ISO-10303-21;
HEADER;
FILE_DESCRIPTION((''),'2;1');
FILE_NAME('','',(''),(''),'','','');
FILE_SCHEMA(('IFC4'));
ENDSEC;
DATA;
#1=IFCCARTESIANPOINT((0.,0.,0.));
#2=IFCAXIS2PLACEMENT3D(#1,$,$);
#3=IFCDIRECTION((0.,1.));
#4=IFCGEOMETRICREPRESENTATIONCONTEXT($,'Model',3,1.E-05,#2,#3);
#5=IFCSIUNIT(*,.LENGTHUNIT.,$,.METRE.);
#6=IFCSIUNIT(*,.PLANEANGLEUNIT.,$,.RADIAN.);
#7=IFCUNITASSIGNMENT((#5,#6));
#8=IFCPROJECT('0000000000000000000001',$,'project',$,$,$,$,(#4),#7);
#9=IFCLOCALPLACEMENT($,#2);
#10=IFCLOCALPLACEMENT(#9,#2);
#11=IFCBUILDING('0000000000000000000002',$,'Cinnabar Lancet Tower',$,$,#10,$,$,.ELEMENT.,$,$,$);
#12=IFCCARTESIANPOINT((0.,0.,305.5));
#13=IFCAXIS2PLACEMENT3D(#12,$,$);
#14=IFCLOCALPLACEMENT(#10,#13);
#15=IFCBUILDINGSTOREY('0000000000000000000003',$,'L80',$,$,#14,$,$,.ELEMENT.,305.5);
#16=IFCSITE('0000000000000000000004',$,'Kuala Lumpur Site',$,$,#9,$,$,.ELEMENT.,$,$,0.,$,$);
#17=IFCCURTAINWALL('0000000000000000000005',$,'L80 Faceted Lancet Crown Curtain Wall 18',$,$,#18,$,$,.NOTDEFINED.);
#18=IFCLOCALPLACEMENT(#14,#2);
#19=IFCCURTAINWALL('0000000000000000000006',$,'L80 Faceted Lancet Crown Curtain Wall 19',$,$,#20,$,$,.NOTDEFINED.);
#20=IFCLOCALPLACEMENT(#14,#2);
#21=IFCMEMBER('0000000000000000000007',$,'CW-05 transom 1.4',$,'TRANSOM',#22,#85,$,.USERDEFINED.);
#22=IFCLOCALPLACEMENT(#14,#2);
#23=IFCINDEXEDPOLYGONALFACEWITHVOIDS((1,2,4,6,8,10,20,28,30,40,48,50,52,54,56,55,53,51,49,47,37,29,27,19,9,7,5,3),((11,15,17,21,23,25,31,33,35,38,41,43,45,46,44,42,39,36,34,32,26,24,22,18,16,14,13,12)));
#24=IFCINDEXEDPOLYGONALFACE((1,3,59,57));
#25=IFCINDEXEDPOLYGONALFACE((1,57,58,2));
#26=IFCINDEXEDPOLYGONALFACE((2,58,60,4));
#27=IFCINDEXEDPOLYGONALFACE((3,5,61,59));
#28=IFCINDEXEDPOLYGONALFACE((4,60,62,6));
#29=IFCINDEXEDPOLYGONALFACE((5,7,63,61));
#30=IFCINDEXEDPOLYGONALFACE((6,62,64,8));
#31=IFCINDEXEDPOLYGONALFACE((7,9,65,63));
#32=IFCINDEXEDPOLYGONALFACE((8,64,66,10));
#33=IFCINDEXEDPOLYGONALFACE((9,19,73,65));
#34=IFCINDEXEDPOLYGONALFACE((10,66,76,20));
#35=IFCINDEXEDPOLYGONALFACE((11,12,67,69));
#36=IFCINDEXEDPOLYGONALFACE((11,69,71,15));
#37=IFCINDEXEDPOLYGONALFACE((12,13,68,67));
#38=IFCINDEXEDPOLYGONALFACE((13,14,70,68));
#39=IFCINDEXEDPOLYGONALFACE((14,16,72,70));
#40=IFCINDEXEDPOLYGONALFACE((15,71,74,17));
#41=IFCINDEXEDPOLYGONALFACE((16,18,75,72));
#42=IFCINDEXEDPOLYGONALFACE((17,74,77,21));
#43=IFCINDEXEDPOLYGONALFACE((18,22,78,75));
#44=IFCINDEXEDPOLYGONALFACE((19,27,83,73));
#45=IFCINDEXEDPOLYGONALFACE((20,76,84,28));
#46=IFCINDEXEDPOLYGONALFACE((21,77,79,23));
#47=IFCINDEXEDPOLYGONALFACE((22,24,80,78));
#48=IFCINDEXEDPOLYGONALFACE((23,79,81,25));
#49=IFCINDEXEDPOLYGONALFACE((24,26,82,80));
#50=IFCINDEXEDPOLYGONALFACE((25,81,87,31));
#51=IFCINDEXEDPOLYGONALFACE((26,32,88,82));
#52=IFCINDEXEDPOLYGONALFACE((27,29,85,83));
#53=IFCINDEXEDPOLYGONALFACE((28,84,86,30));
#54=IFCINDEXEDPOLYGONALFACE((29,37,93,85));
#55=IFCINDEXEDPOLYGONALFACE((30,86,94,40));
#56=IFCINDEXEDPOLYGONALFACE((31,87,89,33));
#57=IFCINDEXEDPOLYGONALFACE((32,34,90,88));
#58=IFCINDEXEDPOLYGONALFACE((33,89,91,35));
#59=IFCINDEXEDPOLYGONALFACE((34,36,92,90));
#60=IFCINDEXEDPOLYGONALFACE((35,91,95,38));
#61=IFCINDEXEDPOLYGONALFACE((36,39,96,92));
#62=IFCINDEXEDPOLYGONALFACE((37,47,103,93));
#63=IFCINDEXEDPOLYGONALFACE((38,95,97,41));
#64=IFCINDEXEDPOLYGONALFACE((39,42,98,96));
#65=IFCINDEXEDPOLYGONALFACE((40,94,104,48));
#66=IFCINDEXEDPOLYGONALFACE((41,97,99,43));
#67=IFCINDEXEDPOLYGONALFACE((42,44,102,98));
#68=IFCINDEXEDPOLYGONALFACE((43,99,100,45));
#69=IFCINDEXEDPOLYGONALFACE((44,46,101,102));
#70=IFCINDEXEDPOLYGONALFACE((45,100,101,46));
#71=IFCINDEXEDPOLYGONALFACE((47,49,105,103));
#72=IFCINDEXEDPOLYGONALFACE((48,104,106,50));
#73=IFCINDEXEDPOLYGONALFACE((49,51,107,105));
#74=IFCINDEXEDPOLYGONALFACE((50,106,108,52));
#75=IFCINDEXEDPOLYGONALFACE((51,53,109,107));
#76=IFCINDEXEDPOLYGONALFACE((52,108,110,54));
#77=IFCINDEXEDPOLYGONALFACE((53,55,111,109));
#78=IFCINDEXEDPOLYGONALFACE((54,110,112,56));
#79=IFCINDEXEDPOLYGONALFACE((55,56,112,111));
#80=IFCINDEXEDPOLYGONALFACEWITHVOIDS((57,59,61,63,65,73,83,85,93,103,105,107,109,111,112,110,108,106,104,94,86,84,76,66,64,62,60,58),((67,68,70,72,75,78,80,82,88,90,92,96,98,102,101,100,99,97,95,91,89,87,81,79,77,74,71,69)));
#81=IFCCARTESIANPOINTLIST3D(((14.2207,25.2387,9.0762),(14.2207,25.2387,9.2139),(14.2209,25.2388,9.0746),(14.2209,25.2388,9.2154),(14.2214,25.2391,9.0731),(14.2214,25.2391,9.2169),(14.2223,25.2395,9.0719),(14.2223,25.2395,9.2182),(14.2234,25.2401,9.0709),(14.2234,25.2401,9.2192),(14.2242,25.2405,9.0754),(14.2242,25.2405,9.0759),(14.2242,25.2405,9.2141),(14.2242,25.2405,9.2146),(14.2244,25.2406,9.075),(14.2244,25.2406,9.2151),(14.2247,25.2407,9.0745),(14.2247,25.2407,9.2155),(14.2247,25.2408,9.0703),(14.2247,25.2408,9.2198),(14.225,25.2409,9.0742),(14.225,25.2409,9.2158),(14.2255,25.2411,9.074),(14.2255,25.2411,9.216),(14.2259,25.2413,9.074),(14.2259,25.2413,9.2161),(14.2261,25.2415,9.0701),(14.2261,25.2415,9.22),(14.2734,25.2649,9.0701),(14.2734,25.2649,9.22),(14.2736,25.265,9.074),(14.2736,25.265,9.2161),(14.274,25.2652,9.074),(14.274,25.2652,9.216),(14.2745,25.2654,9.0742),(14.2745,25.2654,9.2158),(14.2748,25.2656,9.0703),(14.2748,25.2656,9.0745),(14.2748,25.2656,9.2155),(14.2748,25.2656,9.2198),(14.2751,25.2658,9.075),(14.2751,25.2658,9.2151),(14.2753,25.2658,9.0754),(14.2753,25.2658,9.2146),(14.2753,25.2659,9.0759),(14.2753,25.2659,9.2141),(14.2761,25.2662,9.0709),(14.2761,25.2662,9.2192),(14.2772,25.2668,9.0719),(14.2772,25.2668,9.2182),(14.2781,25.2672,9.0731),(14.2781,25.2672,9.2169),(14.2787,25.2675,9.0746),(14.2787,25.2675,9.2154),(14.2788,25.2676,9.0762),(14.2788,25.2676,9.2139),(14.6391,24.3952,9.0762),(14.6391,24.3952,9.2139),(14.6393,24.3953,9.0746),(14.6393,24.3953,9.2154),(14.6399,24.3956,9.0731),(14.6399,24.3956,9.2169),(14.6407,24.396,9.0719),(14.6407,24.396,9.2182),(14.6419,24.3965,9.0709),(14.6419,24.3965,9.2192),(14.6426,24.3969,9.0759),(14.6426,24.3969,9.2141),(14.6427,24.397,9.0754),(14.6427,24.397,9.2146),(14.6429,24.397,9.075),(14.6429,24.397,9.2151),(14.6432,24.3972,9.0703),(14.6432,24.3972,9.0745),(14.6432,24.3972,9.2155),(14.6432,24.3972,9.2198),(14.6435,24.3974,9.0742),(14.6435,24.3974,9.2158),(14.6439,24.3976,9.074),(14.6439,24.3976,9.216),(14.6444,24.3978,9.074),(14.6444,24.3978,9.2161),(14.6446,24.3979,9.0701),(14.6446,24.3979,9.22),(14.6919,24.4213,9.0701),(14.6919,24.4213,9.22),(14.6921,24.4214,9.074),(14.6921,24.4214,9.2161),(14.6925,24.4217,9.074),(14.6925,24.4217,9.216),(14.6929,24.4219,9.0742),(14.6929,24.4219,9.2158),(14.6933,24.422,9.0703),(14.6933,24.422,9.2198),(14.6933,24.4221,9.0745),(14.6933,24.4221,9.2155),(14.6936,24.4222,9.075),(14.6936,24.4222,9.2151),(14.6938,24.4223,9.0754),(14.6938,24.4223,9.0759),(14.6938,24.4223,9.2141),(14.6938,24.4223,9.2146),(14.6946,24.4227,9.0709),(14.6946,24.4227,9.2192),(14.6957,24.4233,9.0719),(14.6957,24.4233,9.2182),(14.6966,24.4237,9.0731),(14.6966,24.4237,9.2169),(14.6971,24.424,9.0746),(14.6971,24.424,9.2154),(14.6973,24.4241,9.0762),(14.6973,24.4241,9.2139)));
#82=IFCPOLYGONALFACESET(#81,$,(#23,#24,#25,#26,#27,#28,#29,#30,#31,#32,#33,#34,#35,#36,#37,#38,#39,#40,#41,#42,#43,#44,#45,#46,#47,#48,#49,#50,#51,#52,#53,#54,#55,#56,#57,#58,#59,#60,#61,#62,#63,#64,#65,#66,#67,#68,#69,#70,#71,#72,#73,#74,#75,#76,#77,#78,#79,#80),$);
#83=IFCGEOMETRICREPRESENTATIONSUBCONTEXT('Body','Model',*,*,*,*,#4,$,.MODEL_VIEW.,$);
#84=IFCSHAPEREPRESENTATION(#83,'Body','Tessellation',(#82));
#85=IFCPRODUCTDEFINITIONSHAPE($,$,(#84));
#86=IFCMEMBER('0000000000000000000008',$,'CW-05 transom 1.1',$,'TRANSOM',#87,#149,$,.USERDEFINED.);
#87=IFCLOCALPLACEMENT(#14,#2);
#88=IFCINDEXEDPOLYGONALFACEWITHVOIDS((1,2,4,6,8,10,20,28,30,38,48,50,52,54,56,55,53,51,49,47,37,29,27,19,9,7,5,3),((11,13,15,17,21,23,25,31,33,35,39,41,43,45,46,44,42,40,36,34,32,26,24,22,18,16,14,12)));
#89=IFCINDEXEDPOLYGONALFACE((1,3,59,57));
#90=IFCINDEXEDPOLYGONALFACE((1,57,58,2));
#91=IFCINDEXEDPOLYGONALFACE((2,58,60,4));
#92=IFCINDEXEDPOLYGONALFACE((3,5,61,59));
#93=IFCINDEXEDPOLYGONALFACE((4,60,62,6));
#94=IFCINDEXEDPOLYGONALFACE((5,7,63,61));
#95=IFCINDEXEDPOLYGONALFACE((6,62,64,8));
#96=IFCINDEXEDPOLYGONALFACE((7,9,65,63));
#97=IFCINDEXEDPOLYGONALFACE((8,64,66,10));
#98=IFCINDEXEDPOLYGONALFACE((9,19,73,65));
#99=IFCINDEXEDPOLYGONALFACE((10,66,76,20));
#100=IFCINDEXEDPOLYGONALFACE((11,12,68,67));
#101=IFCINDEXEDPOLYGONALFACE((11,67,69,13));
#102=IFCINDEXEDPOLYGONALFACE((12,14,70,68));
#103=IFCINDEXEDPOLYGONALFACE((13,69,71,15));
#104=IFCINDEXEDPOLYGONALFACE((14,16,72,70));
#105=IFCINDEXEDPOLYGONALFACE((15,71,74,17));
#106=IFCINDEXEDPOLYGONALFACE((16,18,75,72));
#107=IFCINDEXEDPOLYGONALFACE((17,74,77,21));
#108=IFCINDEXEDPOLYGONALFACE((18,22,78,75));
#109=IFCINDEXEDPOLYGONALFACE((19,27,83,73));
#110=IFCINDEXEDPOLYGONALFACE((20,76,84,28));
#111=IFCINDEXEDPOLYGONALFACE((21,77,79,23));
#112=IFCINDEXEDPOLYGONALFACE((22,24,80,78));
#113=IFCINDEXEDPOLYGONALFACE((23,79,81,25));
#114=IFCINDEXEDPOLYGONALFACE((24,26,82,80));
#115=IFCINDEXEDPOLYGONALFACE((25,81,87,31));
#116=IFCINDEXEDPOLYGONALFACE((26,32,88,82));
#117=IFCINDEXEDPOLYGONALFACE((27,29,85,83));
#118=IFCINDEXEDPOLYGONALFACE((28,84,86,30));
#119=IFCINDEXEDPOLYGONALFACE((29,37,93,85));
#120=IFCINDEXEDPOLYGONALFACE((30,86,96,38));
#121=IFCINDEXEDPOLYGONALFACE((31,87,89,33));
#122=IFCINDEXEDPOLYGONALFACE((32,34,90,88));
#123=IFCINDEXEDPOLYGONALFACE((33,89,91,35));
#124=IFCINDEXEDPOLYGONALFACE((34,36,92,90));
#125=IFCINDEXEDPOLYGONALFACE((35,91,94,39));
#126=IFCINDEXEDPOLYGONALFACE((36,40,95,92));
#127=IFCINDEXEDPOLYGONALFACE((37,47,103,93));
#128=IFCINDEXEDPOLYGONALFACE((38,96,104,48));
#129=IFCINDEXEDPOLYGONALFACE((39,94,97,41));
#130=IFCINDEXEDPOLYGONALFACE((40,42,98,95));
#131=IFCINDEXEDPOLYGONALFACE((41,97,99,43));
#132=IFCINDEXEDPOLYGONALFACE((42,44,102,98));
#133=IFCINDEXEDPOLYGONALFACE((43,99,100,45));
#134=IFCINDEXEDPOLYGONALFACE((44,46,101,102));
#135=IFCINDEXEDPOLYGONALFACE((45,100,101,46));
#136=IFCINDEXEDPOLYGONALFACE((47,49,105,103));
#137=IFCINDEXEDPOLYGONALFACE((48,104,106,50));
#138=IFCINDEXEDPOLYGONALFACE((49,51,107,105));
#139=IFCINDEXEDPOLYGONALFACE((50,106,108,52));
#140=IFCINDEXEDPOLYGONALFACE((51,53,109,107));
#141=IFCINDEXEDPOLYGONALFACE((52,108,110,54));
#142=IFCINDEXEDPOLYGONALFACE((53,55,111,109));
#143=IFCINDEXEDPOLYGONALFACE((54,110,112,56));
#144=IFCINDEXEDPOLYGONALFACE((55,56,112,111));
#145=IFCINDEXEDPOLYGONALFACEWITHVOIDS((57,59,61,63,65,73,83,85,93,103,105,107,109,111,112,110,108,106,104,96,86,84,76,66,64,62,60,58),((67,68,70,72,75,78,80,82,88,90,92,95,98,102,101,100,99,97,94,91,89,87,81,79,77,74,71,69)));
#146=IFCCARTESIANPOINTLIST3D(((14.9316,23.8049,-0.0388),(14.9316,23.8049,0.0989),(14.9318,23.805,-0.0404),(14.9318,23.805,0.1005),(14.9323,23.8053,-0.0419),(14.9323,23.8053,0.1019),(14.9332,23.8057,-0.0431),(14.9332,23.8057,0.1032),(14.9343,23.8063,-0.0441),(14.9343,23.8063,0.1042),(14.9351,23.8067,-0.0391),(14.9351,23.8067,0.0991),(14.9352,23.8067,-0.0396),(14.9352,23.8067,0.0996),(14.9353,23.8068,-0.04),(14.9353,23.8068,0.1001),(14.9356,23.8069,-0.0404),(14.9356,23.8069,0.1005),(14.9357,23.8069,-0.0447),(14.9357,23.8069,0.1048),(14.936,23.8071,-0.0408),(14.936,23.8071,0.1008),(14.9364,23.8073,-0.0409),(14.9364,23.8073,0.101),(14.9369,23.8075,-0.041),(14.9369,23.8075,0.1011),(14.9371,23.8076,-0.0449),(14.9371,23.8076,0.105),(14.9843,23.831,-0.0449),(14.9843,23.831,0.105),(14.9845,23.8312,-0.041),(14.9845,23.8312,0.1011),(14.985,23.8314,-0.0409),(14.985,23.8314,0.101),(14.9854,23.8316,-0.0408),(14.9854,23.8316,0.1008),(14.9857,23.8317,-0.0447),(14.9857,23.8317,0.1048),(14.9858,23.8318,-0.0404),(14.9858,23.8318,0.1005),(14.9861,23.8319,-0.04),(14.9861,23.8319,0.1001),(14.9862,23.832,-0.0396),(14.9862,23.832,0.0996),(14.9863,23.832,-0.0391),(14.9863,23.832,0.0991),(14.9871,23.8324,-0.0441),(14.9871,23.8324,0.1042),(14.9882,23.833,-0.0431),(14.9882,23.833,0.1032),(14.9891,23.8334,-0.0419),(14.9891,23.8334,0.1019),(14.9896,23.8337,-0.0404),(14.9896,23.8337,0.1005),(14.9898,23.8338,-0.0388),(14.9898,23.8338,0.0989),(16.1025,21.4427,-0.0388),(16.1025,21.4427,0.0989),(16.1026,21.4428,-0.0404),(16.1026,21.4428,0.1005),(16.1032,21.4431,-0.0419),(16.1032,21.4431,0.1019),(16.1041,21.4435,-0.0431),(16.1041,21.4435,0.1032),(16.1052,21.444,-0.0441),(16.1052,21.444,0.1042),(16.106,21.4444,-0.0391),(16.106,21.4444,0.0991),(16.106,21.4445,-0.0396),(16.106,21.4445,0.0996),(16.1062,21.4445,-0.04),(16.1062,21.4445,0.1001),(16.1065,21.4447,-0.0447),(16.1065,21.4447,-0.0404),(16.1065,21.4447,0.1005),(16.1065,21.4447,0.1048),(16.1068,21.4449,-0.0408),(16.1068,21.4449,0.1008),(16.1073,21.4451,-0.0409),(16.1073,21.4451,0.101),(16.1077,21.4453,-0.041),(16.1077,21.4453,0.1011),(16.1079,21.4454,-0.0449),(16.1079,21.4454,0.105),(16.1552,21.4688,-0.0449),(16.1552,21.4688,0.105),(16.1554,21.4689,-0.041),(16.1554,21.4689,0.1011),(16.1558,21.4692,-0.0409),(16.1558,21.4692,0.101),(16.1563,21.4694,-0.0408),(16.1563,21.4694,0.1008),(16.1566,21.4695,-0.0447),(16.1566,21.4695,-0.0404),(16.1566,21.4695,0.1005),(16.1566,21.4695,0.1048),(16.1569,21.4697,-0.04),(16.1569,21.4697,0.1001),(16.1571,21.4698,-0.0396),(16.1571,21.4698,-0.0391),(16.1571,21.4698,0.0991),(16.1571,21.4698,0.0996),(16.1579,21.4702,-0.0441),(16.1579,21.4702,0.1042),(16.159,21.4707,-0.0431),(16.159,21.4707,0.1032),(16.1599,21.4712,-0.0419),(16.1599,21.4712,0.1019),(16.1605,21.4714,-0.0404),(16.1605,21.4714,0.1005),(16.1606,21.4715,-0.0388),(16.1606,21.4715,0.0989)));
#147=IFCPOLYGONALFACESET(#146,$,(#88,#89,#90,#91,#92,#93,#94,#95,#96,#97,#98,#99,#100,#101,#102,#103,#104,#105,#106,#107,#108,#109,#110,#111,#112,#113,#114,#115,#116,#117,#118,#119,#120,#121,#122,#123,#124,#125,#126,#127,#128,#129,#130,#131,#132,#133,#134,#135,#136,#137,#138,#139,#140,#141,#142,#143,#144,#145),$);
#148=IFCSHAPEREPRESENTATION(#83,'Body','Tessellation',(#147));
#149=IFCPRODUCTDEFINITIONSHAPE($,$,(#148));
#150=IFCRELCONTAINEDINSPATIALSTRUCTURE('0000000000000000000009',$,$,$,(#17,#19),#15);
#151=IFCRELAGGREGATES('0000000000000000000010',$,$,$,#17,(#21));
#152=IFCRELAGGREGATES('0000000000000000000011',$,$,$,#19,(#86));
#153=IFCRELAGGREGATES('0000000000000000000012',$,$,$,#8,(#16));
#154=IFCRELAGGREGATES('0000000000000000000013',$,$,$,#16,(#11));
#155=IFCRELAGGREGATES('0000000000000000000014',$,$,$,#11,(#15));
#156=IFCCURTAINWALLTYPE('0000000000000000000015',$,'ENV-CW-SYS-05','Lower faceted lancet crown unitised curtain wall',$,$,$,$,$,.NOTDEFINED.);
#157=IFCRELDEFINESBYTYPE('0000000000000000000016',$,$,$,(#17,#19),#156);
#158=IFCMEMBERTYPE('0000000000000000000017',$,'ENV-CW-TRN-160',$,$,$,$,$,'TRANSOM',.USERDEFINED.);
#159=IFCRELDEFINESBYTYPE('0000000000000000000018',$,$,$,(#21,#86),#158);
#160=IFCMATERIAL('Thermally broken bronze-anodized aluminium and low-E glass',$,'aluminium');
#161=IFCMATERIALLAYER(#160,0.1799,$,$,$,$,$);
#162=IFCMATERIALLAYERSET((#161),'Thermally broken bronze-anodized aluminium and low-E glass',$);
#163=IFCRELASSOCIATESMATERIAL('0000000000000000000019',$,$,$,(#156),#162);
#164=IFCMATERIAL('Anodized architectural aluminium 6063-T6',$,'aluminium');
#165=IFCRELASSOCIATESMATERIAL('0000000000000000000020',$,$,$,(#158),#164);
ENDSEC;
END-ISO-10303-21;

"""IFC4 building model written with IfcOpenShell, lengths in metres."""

from ifc_helpers import new_model, si_unit, direction, frame, origin, origin_2d, place, context, subcontext, project, spatial, hollow_rectangle, extrude, material, layer, layer_set, material_profile, profile_set, type_object, element, aggregate, save


model = new_model("IFC4")

# Units and contexts
model_context = context("Model", 3, precision=1e-05, world=origin(), true_north=direction((0.0, 1.0)))
body_context = subcontext(model_context, "Body", "Model", "MODEL_VIEW")
ifc_project = project(units=[si_unit("LENGTHUNIT", "METRE"), si_unit("PLANEANGLEUNIT", "RADIAN")], contexts=[model_context])

# Site, building, storey
site_placement = place(None, origin())
site = spatial("IfcSite", under=ifc_project, at=site_placement, Name="Kuala Lumpur Site", CompositionType="ELEMENT", RefElevation=0.0)
building_placement = place(site_placement, origin())
building = spatial("IfcBuilding", under=site, at=building_placement, Name="Cinnabar Lancet Tower", CompositionType="ELEMENT")
storey_placement = place(building_placement, frame((0.0, 0.0, 305.5)))
storey = spatial("IfcBuildingStorey", under=building, at=storey_placement, Name="L80", CompositionType="ELEMENT", Elevation=305.5)

# Curtain walls
ifc_material_1 = material(Name="Thermally broken bronze-anodized aluminium and low-E glass", Category="aluminium")
ifc_layer_1 = layer(ifc_material_1, 0.1799)
ifc_layer_set_1 = layer_set([ifc_layer_1], Name="Thermally broken bronze-anodized aluminium and low-E glass")
curtain_wall_type = type_object("IfcCurtainWallType", Name="ENV-CW-SYS-05", Description="Lower faceted lancet crown unitised curtain wall", PredefinedType="NOTDEFINED", material=ifc_layer_set_1)
curtain_wall_1_placement = place(storey_placement, origin())
curtain_wall_1 = element("IfcCurtainWall", 1, at=curtain_wall_1_placement, inside=storey, type_object=curtain_wall_type, Name="L80 Faceted Lancet Crown Curtain Wall 18", PredefinedType="NOTDEFINED")
curtain_wall_2_placement = place(storey_placement, origin())
curtain_wall_2 = element("IfcCurtainWall", 2, at=curtain_wall_2_placement, inside=storey, type_object=curtain_wall_type, Name="L80 Faceted Lancet Crown Curtain Wall 19", PredefinedType="NOTDEFINED")

# Members
ifc_material_2 = material(Name="Anodized architectural aluminium 6063-T6", Category="aluminium")
ifc_material_profile_1 = material_profile(ifc_material_2, hollow_rectangle(XDim=0.0649, YDim=0.1499, WallThickness=0.0039, InnerFilletRadius=0.002, OuterFilletRadius=0.0061, at=origin_2d()), Name="CW-TRN 150x65x4")
ifc_profile_set_1 = profile_set([ifc_material_profile_1], Name="Anodized architectural aluminium 6063-T6")
member_type_1 = type_object("IfcMemberType", Name="ENV-CW-TRN-160", ElementType="TRANSOM", PredefinedType="USERDEFINED", material=ifc_profile_set_1)
member_1_placement = place(storey_placement, frame((14.2498, 25.2532, 9.145), z_axis=(0.444411, -0.895823, 0.0), x_axis=(0.895823, 0.444411, 0.0)))
member_1 = element("IfcMember", 3, at=member_1_placement, type_object=member_type_1, Name="CW-05 transom 1.4", ObjectType="TRANSOM", PredefinedType="USERDEFINED", context=body_context, shape_type="SweptSolid", body=[
    extrude(hollow_rectangle(XDim=0.0649, YDim=0.1499, WallThickness=0.0039, InnerFilletRadius=0.002, OuterFilletRadius=0.0061, at=origin_2d()), origin(), (0.0, 0.0, 1.0), 0.9417),
])
member_2_placement = place(storey_placement, frame((14.9607, 23.8193, 0.03), z_axis=(0.4441, -0.895977, 0.0), x_axis=(0.895977, 0.4441, 0.0)))
member_2 = element("IfcMember", 4, at=member_2_placement, type_object=member_type_1, Name="CW-05 transom 1.1", ObjectType="TRANSOM", PredefinedType="USERDEFINED", context=body_context, shape_type="SweptSolid", body=[
    extrude(hollow_rectangle(XDim=0.0649, YDim=0.1499, WallThickness=0.0039, InnerFilletRadius=0.002, OuterFilletRadius=0.0061, at=origin_2d()), origin(), (0.0, 0.0, 1.0), 2.6365),
])

aggregate(curtain_wall_1, [member_1])
aggregate(curtain_wall_2, [member_2])

save(model, "model.ifc")
